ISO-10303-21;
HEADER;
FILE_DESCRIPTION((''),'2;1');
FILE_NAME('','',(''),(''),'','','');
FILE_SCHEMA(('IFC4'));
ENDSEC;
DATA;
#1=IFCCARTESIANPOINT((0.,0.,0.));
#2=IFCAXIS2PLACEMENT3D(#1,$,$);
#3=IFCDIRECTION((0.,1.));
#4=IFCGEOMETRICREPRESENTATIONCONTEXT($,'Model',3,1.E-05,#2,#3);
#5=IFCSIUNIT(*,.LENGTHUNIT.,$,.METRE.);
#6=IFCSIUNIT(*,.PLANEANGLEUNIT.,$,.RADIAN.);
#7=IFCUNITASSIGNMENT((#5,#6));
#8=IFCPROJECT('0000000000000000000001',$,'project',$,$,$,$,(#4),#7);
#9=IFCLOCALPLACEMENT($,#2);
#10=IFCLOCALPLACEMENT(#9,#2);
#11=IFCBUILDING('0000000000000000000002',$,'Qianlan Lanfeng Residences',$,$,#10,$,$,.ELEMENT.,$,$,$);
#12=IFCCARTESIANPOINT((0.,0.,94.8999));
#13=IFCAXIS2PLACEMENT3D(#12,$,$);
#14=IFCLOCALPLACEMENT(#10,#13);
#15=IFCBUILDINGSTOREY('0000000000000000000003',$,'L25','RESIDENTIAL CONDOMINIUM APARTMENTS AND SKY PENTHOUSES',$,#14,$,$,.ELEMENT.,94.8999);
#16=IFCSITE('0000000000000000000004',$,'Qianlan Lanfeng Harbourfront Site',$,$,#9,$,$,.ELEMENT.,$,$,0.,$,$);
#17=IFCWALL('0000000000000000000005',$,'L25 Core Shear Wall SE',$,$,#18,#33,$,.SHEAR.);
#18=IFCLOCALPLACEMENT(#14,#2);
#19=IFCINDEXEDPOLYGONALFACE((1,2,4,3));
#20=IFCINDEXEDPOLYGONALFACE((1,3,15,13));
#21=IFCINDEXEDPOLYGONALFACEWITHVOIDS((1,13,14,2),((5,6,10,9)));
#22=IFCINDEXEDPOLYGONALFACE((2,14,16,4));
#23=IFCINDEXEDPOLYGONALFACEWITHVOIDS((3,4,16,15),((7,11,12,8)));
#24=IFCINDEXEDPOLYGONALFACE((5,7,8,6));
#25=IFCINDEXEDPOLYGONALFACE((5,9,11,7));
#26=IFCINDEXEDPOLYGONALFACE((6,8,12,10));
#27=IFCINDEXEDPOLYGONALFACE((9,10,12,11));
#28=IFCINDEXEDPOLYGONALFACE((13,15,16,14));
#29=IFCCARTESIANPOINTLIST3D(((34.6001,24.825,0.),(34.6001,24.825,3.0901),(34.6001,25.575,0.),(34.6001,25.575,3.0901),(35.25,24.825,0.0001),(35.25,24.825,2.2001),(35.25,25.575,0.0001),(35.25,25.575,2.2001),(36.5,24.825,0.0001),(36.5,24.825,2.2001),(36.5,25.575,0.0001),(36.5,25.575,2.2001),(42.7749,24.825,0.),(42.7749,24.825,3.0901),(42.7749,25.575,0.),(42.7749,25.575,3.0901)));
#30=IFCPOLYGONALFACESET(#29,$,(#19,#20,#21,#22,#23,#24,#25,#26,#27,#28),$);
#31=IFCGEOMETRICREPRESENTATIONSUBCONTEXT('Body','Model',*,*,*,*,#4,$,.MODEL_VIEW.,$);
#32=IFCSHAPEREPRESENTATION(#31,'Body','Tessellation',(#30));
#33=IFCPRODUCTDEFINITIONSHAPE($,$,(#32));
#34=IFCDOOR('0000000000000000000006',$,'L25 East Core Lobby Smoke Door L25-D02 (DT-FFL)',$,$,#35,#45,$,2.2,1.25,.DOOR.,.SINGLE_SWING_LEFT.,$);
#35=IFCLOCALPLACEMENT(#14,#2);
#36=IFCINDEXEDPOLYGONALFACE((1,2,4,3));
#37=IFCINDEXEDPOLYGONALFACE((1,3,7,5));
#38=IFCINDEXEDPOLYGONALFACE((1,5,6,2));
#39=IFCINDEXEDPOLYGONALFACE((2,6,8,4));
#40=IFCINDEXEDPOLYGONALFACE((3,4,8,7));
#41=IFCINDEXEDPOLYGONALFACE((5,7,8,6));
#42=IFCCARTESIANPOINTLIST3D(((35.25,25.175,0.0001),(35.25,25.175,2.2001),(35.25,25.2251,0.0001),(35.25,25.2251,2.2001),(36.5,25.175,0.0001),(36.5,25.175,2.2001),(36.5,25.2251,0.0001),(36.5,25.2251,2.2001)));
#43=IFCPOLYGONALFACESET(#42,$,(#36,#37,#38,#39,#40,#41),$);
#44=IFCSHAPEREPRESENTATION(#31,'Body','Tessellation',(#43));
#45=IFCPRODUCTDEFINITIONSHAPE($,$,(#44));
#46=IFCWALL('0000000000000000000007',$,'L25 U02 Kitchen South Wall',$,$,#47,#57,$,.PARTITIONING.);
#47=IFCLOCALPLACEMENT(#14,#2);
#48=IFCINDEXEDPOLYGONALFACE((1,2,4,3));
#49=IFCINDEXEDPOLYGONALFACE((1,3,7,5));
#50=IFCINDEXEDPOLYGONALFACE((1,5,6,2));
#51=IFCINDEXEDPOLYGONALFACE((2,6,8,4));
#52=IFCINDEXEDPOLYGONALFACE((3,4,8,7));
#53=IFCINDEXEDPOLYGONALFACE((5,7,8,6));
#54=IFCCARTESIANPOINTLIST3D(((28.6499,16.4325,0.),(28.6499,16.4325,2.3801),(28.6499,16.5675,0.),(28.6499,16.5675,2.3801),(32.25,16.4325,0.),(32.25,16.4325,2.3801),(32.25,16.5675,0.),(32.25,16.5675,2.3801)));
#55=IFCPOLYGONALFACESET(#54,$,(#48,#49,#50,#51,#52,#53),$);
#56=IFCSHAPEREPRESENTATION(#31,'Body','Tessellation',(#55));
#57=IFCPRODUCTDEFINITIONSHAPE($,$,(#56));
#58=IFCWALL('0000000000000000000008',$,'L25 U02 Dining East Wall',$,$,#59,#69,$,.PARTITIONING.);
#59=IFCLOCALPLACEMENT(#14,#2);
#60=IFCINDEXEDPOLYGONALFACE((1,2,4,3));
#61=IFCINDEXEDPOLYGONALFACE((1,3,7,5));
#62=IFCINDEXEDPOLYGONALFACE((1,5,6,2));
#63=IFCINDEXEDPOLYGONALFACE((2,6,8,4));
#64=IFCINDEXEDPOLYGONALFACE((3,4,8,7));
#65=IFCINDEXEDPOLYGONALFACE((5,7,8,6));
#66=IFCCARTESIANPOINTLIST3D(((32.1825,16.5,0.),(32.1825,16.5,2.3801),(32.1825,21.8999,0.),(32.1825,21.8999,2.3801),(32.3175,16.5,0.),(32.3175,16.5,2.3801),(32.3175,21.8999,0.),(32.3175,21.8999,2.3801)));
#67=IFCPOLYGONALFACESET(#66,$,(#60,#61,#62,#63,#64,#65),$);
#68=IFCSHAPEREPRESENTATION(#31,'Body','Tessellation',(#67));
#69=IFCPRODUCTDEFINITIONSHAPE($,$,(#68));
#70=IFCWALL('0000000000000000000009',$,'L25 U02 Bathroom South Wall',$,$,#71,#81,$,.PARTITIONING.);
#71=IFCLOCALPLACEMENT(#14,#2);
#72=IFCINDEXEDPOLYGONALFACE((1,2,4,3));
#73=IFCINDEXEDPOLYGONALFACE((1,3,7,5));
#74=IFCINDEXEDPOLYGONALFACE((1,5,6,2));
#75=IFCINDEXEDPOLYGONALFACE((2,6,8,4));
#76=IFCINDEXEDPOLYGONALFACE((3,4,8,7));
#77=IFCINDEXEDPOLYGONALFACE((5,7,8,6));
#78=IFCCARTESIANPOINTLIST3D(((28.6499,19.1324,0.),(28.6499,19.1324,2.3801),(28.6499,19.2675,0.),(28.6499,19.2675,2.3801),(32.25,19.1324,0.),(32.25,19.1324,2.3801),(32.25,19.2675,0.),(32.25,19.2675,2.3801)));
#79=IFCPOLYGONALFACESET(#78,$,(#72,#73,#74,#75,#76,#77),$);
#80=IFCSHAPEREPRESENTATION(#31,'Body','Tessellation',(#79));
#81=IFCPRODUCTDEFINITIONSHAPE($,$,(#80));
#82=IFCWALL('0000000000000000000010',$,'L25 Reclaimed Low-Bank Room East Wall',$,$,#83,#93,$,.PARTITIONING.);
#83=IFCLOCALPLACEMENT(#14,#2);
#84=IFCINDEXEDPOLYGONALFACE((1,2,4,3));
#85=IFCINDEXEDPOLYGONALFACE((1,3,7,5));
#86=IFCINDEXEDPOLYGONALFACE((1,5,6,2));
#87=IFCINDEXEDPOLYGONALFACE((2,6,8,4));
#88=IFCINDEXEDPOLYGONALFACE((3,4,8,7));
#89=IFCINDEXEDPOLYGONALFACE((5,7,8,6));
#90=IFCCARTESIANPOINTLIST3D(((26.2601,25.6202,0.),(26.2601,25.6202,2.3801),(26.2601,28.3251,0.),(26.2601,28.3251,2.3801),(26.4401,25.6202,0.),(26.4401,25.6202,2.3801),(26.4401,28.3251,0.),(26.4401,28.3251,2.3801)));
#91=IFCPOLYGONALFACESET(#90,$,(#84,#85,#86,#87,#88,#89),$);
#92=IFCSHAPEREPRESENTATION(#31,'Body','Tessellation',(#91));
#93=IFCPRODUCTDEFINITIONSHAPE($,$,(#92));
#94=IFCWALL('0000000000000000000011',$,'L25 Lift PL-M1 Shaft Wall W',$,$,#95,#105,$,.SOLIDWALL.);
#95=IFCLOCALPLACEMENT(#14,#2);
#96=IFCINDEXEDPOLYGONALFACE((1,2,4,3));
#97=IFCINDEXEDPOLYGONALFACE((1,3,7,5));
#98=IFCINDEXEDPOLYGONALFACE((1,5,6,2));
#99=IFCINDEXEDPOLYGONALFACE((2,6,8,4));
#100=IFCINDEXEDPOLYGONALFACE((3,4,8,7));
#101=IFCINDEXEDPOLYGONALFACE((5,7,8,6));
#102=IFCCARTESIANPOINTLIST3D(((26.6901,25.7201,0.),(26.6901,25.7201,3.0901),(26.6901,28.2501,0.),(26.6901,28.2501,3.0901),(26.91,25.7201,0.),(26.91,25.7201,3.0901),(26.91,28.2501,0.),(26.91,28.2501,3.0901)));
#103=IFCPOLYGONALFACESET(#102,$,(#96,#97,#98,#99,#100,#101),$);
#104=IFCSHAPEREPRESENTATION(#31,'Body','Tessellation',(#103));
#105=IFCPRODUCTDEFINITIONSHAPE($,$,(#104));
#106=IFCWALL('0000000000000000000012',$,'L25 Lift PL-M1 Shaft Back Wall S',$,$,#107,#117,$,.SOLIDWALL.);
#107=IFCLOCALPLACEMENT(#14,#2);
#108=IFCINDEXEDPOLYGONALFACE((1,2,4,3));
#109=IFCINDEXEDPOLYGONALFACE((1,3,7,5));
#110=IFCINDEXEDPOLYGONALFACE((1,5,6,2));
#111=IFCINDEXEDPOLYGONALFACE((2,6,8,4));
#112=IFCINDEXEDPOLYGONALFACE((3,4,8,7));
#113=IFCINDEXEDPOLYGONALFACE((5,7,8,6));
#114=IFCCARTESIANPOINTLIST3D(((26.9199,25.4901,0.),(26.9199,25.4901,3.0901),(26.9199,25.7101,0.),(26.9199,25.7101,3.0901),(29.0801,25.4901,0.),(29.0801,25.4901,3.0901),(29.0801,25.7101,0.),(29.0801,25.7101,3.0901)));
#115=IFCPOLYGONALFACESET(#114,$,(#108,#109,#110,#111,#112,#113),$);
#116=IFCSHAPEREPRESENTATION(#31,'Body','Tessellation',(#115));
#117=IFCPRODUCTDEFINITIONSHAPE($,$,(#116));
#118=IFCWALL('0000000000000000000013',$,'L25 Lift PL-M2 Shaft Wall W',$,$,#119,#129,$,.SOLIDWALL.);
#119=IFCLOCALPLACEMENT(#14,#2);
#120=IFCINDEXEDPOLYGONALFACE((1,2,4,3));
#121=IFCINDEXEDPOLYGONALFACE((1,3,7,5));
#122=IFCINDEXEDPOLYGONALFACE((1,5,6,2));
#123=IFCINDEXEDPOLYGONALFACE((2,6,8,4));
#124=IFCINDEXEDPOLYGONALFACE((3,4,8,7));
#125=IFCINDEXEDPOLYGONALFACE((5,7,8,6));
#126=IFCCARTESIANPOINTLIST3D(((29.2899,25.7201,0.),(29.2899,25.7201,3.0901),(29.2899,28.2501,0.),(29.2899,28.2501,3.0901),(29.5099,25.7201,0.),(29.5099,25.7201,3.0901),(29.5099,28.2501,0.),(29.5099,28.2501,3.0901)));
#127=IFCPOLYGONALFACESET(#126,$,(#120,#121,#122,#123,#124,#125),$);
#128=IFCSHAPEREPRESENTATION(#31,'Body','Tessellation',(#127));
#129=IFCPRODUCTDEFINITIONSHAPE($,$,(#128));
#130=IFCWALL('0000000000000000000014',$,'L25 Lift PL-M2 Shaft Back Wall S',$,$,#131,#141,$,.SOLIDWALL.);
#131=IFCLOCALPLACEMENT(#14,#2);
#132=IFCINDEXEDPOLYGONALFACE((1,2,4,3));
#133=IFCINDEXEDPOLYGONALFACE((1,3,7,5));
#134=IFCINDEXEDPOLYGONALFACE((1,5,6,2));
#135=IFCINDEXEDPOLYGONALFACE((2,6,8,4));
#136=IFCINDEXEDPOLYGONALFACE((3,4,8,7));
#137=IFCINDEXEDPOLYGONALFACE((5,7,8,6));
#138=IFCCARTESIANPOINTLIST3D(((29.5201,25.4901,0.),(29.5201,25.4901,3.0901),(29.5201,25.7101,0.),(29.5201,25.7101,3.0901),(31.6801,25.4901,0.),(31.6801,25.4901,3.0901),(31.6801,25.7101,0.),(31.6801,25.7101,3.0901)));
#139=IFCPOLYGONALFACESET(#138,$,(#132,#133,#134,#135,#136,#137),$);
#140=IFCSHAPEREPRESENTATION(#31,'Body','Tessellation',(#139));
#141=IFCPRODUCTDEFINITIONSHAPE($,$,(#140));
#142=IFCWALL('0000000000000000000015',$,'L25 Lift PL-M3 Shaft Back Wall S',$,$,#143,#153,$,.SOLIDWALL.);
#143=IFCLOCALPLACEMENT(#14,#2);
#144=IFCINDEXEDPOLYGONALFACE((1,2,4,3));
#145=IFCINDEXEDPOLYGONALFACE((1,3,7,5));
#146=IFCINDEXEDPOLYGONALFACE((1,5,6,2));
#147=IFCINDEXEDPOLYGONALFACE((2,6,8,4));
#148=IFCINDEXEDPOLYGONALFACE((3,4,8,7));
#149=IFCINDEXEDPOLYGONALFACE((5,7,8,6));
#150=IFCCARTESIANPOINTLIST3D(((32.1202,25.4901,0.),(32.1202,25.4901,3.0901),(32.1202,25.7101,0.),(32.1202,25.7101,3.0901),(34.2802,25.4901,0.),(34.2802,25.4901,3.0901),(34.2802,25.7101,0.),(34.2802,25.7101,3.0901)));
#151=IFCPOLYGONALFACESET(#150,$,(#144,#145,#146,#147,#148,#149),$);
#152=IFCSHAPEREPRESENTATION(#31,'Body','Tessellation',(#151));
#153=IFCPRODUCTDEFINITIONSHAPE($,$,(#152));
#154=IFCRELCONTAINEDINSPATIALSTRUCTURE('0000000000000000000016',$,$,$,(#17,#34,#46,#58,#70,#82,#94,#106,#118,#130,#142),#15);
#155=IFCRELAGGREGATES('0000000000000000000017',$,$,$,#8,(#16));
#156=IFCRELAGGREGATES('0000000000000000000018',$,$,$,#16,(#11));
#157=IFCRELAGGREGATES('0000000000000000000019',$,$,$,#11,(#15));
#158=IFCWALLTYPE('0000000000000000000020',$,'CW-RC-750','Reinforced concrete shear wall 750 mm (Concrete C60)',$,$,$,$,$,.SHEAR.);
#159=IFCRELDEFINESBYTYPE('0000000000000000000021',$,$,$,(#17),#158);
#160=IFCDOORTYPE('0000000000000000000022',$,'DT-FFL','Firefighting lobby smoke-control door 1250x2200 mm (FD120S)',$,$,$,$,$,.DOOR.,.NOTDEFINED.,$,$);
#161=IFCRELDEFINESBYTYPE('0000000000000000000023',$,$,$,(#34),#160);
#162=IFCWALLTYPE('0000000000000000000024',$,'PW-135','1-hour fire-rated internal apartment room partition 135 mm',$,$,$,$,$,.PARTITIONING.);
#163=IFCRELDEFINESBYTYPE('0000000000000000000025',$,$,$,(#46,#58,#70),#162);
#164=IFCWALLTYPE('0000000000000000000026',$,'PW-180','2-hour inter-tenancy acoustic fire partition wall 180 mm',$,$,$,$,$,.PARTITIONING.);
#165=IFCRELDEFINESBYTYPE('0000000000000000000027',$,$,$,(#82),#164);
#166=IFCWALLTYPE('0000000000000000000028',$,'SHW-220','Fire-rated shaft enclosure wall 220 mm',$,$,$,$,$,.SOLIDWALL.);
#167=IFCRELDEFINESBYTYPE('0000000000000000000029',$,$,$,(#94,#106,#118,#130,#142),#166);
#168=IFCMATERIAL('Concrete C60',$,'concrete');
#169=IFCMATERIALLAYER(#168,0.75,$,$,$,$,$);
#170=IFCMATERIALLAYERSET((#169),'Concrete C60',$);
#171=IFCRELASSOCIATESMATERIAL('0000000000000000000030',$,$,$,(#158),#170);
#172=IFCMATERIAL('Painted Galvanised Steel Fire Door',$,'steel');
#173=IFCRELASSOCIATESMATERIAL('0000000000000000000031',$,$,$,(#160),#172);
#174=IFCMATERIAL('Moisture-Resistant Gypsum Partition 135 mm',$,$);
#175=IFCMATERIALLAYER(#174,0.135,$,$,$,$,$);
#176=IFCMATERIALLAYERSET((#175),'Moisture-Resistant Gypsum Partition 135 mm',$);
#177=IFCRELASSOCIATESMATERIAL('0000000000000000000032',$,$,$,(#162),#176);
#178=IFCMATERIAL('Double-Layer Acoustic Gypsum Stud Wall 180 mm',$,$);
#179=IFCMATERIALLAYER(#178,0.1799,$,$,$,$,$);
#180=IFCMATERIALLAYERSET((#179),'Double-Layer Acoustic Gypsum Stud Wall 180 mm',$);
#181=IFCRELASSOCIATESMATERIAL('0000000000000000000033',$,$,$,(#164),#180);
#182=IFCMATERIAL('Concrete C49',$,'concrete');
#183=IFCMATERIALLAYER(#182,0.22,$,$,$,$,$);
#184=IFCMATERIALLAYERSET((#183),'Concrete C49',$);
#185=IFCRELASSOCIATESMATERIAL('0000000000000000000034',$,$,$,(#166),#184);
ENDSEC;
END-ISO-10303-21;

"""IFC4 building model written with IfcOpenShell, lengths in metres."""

from ifc_helpers import new_model, si_unit, direction, frame, frame_2d, origin, place, context, subcontext, project, spatial, rectangle, extrude, material, layer, layer_set, type_object, element, fill, save


model = new_model("IFC4")

# Units and contexts
model_context = context("Model", 3, precision=1e-05, world=origin(), true_north=direction((0.0, 1.0)))
body_context = subcontext(model_context, "Body", "Model", "MODEL_VIEW")
ifc_project = project(units=[si_unit("LENGTHUNIT", "METRE"), si_unit("PLANEANGLEUNIT", "RADIAN")], contexts=[model_context])

# Site, building, storey
site_placement = place(None, origin())
site = spatial("IfcSite", under=ifc_project, at=site_placement, Name="Qianlan Lanfeng Harbourfront Site", CompositionType="ELEMENT", RefElevation=0.0)
building_placement = place(site_placement, origin())
building = spatial("IfcBuilding", under=site, at=building_placement, Name="Qianlan Lanfeng Residences", CompositionType="ELEMENT")
storey_placement = place(building_placement, frame((0.0, 0.0, 94.8999)))
storey = spatial("IfcBuildingStorey", under=building, at=storey_placement, Name="L25", Description="RESIDENTIAL CONDOMINIUM APARTMENTS AND SKY PENTHOUSES", CompositionType="ELEMENT", Elevation=94.8999)

# Wall, opening, door
ifc_material_1 = material(Name="Concrete C60", Category="concrete")
ifc_layer_1 = layer(ifc_material_1, 0.75)
ifc_layer_set_1 = layer_set([ifc_layer_1], Name="Concrete C60")
wall_type_1 = type_object("IfcWallType", Name="CW-RC-750", Description="Reinforced concrete shear wall 750 mm (Concrete C60)", PredefinedType="SHEAR", material=ifc_layer_set_1)
wall_1_placement = place(storey_placement, frame((34.6001, 25.2, 0.0), z_axis=(0.0, 0.0, 1.0), x_axis=(1.0, 0.0, 0.0)))
wall_1 = element("IfcWall", 1, at=wall_1_placement, inside=storey, type_object=wall_type_1, Name="L25 Core Shear Wall SE", PredefinedType="SHEAR", context=body_context, shape_type="SweptSolid", body=[
    extrude(rectangle(XDim=8.1748, YDim=0.75, at=frame_2d((4.0874, 0.0))), origin(), (0.0, 0.0, 1.0), 3.0901),
])
opening_1_placement = place(wall_1_placement, frame((0.6499, 0.0, 0.0)))
opening_1 = element("IfcOpeningElement", 2, at=opening_1_placement, cuts=wall_1, PredefinedType="OPENING", context=body_context, shape_type="SweptSolid", body=[
    extrude(rectangle(XDim=1.25, YDim=2.2, at=frame_2d((0.625, 1.1001))), frame((0.0, 0.385, 0.0), z_axis=(0.0, -1.0, 0.0), x_axis=(1.0, 0.0, 0.0)), (0.0, 0.0, 1.0), 0.77),
])
ifc_material_2 = material(Name="Painted Galvanised Steel Fire Door", Category="steel")
door_type_1 = type_object("IfcDoorType", Name="DT-FFL", Description="Firefighting lobby smoke-control door 1250x2200 mm (FD120S)", OperationType="NOTDEFINED", PredefinedType="DOOR", material=ifc_material_2)
door_1_placement = place(opening_1_placement, frame((1.25, 0.0, 0.0), z_axis=(0.0, 0.0, 1.0), x_axis=(-1.0, 0.0, 0.0)))
door_1 = element("IfcDoor", 3, at=door_1_placement, inside=storey, type_object=door_type_1, Name="L25 East Core Lobby Smoke Door L25-D02 (DT-FFL)", OperationType="SINGLE_SWING_LEFT", OverallHeight=2.2, OverallWidth=1.25, PredefinedType="DOOR", context=body_context, shape_type="SweptSolid", body=[
    extrude(rectangle(XDim=1.25, YDim=2.2, at=frame_2d((0.625, 1.1001))), frame((0.0, 0.0249, 0.0), z_axis=(0.0, -1.0, 0.0), x_axis=(1.0, 0.0, 0.0)), (0.0, 0.0, 1.0), 0.05),
])
fill(opening_1, door_1)

# Walls
ifc_material_3 = material(Name="Moisture-Resistant Gypsum Partition 135 mm")
ifc_layer_2 = layer(ifc_material_3, 0.135)
ifc_layer_set_2 = layer_set([ifc_layer_2], Name="Moisture-Resistant Gypsum Partition 135 mm")
wall_type_2 = type_object("IfcWallType", Name="PW-135", Description="1-hour fire-rated internal apartment room partition 135 mm", PredefinedType="PARTITIONING", material=ifc_layer_set_2)
wall_2_placement = place(storey_placement, frame((28.6499, 16.5, 0.0), z_axis=(0.0, 0.0, 1.0), x_axis=(1.0, 0.0, 0.0)))
element("IfcWall", 4, at=wall_2_placement, inside=storey, type_object=wall_type_2, Name="L25 U02 Kitchen South Wall", PredefinedType="PARTITIONING", context=body_context, shape_type="SweptSolid", body=[
    extrude(rectangle(XDim=3.6001, YDim=0.135, at=frame_2d((1.8, 0.0))), origin(), (0.0, 0.0, 1.0), 2.3801),
])
wall_3_placement = place(storey_placement, frame((32.25, 16.5, 0.0), z_axis=(0.0, 0.0, 1.0), x_axis=(0.0, 1.0, 0.0)))
element("IfcWall", 5, at=wall_3_placement, inside=storey, type_object=wall_type_2, Name="L25 U02 Dining East Wall", PredefinedType="PARTITIONING", context=body_context, shape_type="SweptSolid", body=[
    extrude(rectangle(XDim=5.3999, YDim=0.135, at=frame_2d((2.7, 0.0))), origin(), (0.0, 0.0, 1.0), 2.3801),
])
wall_4_placement = place(storey_placement, frame((28.6499, 19.2, 0.0), z_axis=(0.0, 0.0, 1.0), x_axis=(1.0, 0.0, 0.0)))
element("IfcWall", 6, at=wall_4_placement, inside=storey, type_object=wall_type_2, Name="L25 U02 Bathroom South Wall", PredefinedType="PARTITIONING", context=body_context, shape_type="SweptSolid", body=[
    extrude(rectangle(XDim=3.6001, YDim=0.135, at=frame_2d((1.8, 0.0))), origin(), (0.0, 0.0, 1.0), 2.3801),
])

# Shared definitions
ifc_material_4 = material(Name="Double-Layer Acoustic Gypsum Stud Wall 180 mm")
ifc_layer_3 = layer(ifc_material_4, 0.1799)
ifc_layer_set_3 = layer_set([ifc_layer_3], Name="Double-Layer Acoustic Gypsum Stud Wall 180 mm")
wall_type_3 = type_object("IfcWallType", Name="PW-180", Description="2-hour inter-tenancy acoustic fire partition wall 180 mm", PredefinedType="PARTITIONING", material=ifc_layer_set_3)

# Walls
wall_5_placement = place(storey_placement, frame((26.3501, 25.6201, 0.0), z_axis=(0.0, 0.0, 1.0), x_axis=(0.0, 1.0, 0.0)))
element("IfcWall", 7, at=wall_5_placement, inside=storey, type_object=wall_type_3, Name="L25 Reclaimed Low-Bank Room East Wall", PredefinedType="PARTITIONING", context=body_context, shape_type="SweptSolid", body=[
    extrude(rectangle(XDim=2.7048, YDim=0.1799, at=frame_2d((1.3525, 0.0))), origin(), (0.0, 0.0, 1.0), 2.3801),
])
ifc_material_5 = material(Name="Concrete C49", Category="concrete")
ifc_layer_4 = layer(ifc_material_5, 0.22)
ifc_layer_set_4 = layer_set([ifc_layer_4], Name="Concrete C49")
wall_type_4 = type_object("IfcWallType", Name="SHW-220", Description="Fire-rated shaft enclosure wall 220 mm", PredefinedType="SOLIDWALL", material=ifc_layer_set_4)
wall_6_placement = place(storey_placement, frame((26.8, 25.72, 0.0), z_axis=(0.0, 0.0, 1.0), x_axis=(0.0, 1.0, 0.0)))
element("IfcWall", 8, at=wall_6_placement, inside=storey, type_object=wall_type_4, Name="L25 Lift PL-M1 Shaft Wall W", PredefinedType="SOLIDWALL", context=body_context, shape_type="SweptSolid", body=[
    extrude(rectangle(XDim=2.53, YDim=0.22, at=frame_2d((1.2651, 0.0))), origin(), (0.0, 0.0, 1.0), 3.0901),
])
wall_7_placement = place(storey_placement, frame((26.9199, 25.6001, 0.0), z_axis=(0.0, 0.0, 1.0), x_axis=(1.0, 0.0, 0.0)))
element("IfcWall", 9, at=wall_7_placement, inside=storey, type_object=wall_type_4, Name="L25 Lift PL-M1 Shaft Back Wall S", PredefinedType="SOLIDWALL", context=body_context, shape_type="SweptSolid", body=[
    extrude(rectangle(XDim=2.1602, YDim=0.22, at=frame_2d((1.0801, 0.0))), origin(), (0.0, 0.0, 1.0), 3.0901),
])
wall_8_placement = place(storey_placement, frame((29.3999, 25.72, 0.0), z_axis=(0.0, 0.0, 1.0), x_axis=(0.0, 1.0, 0.0)))
element("IfcWall", 10, at=wall_8_placement, inside=storey, type_object=wall_type_4, Name="L25 Lift PL-M2 Shaft Wall W", PredefinedType="SOLIDWALL", context=body_context, shape_type="SweptSolid", body=[
    extrude(rectangle(XDim=2.53, YDim=0.22, at=frame_2d((1.2651, 0.0))), origin(), (0.0, 0.0, 1.0), 3.0901),
])
for number, where, z_axis, x_axis, name in (
    (11, (29.52, 25.6001, 0.0), (0.0, 0.0, 1.0), (1.0, 0.0, 0.0), "L25 Lift PL-M2 Shaft Back Wall S"),
    (12, (32.1201, 25.6001, 0.0), (0.0, 0.0, 1.0), (1.0, 0.0, 0.0), "L25 Lift PL-M3 Shaft Back Wall S"),
):
    element("IfcWall", number, at=place(storey_placement, frame(where, z_axis=z_axis, x_axis=x_axis)), inside=storey, type_object=wall_type_4, Name=name, PredefinedType="SOLIDWALL", context=body_context, shape_type="SweptSolid", body=[
        extrude(rectangle(XDim=2.1599, YDim=0.22, at=frame_2d((1.0801, 0.0))), origin(), (0.0, 0.0, 1.0), 3.0901),
    ])

save(model, "model.ifc")
